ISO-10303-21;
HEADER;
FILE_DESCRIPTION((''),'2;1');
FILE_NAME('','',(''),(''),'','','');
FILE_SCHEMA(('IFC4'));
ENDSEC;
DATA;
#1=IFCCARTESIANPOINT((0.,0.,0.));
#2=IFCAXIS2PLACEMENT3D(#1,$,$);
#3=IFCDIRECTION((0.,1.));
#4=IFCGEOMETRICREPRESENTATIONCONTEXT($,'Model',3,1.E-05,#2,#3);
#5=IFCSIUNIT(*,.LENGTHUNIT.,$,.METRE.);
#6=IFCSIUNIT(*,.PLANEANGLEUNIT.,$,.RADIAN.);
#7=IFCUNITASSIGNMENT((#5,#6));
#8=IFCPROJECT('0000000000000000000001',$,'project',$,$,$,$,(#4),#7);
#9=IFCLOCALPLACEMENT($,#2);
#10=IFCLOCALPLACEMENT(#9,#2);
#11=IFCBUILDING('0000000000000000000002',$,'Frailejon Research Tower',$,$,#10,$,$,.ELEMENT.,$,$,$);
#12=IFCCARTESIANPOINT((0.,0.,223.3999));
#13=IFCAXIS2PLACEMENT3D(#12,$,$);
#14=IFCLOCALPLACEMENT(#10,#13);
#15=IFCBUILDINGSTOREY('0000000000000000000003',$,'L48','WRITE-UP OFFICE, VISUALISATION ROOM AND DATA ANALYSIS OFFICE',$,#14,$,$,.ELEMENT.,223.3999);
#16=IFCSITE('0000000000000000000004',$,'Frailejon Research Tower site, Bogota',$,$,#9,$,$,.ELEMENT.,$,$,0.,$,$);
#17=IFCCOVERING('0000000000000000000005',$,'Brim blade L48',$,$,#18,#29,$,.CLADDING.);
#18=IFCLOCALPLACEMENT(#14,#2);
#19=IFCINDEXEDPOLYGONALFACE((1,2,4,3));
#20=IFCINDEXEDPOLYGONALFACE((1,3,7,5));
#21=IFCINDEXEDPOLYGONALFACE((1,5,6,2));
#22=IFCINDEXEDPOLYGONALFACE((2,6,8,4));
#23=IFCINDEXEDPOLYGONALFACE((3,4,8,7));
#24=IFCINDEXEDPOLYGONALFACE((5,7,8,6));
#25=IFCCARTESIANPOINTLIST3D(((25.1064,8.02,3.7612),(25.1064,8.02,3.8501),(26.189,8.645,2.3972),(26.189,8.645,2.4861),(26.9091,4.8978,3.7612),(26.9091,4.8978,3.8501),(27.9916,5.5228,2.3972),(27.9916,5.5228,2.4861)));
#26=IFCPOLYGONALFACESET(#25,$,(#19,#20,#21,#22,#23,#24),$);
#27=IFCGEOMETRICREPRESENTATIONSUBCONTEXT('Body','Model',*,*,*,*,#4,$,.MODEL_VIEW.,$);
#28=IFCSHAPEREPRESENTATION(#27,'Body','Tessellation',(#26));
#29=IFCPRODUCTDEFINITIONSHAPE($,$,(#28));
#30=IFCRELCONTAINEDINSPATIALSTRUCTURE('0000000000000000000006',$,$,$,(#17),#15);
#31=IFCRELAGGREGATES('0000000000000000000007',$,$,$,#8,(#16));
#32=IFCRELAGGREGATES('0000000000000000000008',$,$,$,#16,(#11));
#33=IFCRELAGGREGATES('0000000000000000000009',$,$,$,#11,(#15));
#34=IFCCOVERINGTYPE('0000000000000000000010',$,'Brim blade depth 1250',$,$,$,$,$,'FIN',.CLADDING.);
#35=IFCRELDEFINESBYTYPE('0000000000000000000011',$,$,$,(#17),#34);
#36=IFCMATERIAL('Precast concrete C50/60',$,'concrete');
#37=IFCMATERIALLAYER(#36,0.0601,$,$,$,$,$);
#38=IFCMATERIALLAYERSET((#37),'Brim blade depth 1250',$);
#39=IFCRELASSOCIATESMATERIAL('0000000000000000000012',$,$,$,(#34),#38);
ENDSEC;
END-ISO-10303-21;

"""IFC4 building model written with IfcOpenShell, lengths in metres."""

from ifc_helpers import new_model, si_unit, direction, frame, origin, place, context, subcontext, project, spatial, polyline, outline, extrude, material, layer, layer_set, type_object, element, save


model = new_model("IFC4")

# Units and contexts
model_context = context("Model", 3, precision=1e-05, world=origin(), true_north=direction((0.0, 1.0)))
body_context = subcontext(model_context, "Body", "Model", "MODEL_VIEW")
ifc_project = project(units=[si_unit("LENGTHUNIT", "METRE"), si_unit("PLANEANGLEUNIT", "RADIAN")], contexts=[model_context])

# Site, building, storey
site_placement = place(None, origin())
site = spatial("IfcSite", under=ifc_project, at=site_placement, Name="Frailejon Research Tower site, Bogota", CompositionType="ELEMENT", RefElevation=0.0)
building_placement = place(site_placement, origin())
building = spatial("IfcBuilding", under=site, at=building_placement, Name="Frailejon Research Tower", CompositionType="ELEMENT")
storey_placement = place(building_placement, frame((0.0, 0.0, 223.3999)))
storey = spatial("IfcBuildingStorey", under=building, at=storey_placement, Name="L48", Description="WRITE-UP OFFICE, VISUALISATION ROOM AND DATA ANALYSIS OFFICE", CompositionType="ELEMENT", Elevation=223.3999)

# Covering
ifc_material_1 = material(Name="Precast concrete C50/60", Category="concrete")
ifc_layer_1 = layer(ifc_material_1, 0.0601)
ifc_layer_set_1 = layer_set([ifc_layer_1], Name="Brim blade depth 1250")
covering_type = type_object("IfcCoveringType", Name="Brim blade depth 1250", ElementType="FIN", PredefinedType="CLADDING", material=ifc_layer_set_1)
covering_placement = place(storey_placement, frame((25.1064, 8.02, 3.8501), z_axis=(0.5, -0.866026, 0.0), x_axis=(0.866026, 0.5, 0.0)))
element("IfcCovering", 1, at=covering_placement, inside=storey, type_object=covering_type, Name="Brim blade L48", PredefinedType="CLADDING", context=body_context, shape_type="SweptSolid", body=[
    extrude(outline(polyline([(0.0, -0.0889), (1.25, -1.4529), (1.25, -1.364), (0.0, 0.0), (0.0, -0.0889)])), origin(), (0.0, 0.0, 1.0), 3.6052),
])

save(model, "model.ifc")
